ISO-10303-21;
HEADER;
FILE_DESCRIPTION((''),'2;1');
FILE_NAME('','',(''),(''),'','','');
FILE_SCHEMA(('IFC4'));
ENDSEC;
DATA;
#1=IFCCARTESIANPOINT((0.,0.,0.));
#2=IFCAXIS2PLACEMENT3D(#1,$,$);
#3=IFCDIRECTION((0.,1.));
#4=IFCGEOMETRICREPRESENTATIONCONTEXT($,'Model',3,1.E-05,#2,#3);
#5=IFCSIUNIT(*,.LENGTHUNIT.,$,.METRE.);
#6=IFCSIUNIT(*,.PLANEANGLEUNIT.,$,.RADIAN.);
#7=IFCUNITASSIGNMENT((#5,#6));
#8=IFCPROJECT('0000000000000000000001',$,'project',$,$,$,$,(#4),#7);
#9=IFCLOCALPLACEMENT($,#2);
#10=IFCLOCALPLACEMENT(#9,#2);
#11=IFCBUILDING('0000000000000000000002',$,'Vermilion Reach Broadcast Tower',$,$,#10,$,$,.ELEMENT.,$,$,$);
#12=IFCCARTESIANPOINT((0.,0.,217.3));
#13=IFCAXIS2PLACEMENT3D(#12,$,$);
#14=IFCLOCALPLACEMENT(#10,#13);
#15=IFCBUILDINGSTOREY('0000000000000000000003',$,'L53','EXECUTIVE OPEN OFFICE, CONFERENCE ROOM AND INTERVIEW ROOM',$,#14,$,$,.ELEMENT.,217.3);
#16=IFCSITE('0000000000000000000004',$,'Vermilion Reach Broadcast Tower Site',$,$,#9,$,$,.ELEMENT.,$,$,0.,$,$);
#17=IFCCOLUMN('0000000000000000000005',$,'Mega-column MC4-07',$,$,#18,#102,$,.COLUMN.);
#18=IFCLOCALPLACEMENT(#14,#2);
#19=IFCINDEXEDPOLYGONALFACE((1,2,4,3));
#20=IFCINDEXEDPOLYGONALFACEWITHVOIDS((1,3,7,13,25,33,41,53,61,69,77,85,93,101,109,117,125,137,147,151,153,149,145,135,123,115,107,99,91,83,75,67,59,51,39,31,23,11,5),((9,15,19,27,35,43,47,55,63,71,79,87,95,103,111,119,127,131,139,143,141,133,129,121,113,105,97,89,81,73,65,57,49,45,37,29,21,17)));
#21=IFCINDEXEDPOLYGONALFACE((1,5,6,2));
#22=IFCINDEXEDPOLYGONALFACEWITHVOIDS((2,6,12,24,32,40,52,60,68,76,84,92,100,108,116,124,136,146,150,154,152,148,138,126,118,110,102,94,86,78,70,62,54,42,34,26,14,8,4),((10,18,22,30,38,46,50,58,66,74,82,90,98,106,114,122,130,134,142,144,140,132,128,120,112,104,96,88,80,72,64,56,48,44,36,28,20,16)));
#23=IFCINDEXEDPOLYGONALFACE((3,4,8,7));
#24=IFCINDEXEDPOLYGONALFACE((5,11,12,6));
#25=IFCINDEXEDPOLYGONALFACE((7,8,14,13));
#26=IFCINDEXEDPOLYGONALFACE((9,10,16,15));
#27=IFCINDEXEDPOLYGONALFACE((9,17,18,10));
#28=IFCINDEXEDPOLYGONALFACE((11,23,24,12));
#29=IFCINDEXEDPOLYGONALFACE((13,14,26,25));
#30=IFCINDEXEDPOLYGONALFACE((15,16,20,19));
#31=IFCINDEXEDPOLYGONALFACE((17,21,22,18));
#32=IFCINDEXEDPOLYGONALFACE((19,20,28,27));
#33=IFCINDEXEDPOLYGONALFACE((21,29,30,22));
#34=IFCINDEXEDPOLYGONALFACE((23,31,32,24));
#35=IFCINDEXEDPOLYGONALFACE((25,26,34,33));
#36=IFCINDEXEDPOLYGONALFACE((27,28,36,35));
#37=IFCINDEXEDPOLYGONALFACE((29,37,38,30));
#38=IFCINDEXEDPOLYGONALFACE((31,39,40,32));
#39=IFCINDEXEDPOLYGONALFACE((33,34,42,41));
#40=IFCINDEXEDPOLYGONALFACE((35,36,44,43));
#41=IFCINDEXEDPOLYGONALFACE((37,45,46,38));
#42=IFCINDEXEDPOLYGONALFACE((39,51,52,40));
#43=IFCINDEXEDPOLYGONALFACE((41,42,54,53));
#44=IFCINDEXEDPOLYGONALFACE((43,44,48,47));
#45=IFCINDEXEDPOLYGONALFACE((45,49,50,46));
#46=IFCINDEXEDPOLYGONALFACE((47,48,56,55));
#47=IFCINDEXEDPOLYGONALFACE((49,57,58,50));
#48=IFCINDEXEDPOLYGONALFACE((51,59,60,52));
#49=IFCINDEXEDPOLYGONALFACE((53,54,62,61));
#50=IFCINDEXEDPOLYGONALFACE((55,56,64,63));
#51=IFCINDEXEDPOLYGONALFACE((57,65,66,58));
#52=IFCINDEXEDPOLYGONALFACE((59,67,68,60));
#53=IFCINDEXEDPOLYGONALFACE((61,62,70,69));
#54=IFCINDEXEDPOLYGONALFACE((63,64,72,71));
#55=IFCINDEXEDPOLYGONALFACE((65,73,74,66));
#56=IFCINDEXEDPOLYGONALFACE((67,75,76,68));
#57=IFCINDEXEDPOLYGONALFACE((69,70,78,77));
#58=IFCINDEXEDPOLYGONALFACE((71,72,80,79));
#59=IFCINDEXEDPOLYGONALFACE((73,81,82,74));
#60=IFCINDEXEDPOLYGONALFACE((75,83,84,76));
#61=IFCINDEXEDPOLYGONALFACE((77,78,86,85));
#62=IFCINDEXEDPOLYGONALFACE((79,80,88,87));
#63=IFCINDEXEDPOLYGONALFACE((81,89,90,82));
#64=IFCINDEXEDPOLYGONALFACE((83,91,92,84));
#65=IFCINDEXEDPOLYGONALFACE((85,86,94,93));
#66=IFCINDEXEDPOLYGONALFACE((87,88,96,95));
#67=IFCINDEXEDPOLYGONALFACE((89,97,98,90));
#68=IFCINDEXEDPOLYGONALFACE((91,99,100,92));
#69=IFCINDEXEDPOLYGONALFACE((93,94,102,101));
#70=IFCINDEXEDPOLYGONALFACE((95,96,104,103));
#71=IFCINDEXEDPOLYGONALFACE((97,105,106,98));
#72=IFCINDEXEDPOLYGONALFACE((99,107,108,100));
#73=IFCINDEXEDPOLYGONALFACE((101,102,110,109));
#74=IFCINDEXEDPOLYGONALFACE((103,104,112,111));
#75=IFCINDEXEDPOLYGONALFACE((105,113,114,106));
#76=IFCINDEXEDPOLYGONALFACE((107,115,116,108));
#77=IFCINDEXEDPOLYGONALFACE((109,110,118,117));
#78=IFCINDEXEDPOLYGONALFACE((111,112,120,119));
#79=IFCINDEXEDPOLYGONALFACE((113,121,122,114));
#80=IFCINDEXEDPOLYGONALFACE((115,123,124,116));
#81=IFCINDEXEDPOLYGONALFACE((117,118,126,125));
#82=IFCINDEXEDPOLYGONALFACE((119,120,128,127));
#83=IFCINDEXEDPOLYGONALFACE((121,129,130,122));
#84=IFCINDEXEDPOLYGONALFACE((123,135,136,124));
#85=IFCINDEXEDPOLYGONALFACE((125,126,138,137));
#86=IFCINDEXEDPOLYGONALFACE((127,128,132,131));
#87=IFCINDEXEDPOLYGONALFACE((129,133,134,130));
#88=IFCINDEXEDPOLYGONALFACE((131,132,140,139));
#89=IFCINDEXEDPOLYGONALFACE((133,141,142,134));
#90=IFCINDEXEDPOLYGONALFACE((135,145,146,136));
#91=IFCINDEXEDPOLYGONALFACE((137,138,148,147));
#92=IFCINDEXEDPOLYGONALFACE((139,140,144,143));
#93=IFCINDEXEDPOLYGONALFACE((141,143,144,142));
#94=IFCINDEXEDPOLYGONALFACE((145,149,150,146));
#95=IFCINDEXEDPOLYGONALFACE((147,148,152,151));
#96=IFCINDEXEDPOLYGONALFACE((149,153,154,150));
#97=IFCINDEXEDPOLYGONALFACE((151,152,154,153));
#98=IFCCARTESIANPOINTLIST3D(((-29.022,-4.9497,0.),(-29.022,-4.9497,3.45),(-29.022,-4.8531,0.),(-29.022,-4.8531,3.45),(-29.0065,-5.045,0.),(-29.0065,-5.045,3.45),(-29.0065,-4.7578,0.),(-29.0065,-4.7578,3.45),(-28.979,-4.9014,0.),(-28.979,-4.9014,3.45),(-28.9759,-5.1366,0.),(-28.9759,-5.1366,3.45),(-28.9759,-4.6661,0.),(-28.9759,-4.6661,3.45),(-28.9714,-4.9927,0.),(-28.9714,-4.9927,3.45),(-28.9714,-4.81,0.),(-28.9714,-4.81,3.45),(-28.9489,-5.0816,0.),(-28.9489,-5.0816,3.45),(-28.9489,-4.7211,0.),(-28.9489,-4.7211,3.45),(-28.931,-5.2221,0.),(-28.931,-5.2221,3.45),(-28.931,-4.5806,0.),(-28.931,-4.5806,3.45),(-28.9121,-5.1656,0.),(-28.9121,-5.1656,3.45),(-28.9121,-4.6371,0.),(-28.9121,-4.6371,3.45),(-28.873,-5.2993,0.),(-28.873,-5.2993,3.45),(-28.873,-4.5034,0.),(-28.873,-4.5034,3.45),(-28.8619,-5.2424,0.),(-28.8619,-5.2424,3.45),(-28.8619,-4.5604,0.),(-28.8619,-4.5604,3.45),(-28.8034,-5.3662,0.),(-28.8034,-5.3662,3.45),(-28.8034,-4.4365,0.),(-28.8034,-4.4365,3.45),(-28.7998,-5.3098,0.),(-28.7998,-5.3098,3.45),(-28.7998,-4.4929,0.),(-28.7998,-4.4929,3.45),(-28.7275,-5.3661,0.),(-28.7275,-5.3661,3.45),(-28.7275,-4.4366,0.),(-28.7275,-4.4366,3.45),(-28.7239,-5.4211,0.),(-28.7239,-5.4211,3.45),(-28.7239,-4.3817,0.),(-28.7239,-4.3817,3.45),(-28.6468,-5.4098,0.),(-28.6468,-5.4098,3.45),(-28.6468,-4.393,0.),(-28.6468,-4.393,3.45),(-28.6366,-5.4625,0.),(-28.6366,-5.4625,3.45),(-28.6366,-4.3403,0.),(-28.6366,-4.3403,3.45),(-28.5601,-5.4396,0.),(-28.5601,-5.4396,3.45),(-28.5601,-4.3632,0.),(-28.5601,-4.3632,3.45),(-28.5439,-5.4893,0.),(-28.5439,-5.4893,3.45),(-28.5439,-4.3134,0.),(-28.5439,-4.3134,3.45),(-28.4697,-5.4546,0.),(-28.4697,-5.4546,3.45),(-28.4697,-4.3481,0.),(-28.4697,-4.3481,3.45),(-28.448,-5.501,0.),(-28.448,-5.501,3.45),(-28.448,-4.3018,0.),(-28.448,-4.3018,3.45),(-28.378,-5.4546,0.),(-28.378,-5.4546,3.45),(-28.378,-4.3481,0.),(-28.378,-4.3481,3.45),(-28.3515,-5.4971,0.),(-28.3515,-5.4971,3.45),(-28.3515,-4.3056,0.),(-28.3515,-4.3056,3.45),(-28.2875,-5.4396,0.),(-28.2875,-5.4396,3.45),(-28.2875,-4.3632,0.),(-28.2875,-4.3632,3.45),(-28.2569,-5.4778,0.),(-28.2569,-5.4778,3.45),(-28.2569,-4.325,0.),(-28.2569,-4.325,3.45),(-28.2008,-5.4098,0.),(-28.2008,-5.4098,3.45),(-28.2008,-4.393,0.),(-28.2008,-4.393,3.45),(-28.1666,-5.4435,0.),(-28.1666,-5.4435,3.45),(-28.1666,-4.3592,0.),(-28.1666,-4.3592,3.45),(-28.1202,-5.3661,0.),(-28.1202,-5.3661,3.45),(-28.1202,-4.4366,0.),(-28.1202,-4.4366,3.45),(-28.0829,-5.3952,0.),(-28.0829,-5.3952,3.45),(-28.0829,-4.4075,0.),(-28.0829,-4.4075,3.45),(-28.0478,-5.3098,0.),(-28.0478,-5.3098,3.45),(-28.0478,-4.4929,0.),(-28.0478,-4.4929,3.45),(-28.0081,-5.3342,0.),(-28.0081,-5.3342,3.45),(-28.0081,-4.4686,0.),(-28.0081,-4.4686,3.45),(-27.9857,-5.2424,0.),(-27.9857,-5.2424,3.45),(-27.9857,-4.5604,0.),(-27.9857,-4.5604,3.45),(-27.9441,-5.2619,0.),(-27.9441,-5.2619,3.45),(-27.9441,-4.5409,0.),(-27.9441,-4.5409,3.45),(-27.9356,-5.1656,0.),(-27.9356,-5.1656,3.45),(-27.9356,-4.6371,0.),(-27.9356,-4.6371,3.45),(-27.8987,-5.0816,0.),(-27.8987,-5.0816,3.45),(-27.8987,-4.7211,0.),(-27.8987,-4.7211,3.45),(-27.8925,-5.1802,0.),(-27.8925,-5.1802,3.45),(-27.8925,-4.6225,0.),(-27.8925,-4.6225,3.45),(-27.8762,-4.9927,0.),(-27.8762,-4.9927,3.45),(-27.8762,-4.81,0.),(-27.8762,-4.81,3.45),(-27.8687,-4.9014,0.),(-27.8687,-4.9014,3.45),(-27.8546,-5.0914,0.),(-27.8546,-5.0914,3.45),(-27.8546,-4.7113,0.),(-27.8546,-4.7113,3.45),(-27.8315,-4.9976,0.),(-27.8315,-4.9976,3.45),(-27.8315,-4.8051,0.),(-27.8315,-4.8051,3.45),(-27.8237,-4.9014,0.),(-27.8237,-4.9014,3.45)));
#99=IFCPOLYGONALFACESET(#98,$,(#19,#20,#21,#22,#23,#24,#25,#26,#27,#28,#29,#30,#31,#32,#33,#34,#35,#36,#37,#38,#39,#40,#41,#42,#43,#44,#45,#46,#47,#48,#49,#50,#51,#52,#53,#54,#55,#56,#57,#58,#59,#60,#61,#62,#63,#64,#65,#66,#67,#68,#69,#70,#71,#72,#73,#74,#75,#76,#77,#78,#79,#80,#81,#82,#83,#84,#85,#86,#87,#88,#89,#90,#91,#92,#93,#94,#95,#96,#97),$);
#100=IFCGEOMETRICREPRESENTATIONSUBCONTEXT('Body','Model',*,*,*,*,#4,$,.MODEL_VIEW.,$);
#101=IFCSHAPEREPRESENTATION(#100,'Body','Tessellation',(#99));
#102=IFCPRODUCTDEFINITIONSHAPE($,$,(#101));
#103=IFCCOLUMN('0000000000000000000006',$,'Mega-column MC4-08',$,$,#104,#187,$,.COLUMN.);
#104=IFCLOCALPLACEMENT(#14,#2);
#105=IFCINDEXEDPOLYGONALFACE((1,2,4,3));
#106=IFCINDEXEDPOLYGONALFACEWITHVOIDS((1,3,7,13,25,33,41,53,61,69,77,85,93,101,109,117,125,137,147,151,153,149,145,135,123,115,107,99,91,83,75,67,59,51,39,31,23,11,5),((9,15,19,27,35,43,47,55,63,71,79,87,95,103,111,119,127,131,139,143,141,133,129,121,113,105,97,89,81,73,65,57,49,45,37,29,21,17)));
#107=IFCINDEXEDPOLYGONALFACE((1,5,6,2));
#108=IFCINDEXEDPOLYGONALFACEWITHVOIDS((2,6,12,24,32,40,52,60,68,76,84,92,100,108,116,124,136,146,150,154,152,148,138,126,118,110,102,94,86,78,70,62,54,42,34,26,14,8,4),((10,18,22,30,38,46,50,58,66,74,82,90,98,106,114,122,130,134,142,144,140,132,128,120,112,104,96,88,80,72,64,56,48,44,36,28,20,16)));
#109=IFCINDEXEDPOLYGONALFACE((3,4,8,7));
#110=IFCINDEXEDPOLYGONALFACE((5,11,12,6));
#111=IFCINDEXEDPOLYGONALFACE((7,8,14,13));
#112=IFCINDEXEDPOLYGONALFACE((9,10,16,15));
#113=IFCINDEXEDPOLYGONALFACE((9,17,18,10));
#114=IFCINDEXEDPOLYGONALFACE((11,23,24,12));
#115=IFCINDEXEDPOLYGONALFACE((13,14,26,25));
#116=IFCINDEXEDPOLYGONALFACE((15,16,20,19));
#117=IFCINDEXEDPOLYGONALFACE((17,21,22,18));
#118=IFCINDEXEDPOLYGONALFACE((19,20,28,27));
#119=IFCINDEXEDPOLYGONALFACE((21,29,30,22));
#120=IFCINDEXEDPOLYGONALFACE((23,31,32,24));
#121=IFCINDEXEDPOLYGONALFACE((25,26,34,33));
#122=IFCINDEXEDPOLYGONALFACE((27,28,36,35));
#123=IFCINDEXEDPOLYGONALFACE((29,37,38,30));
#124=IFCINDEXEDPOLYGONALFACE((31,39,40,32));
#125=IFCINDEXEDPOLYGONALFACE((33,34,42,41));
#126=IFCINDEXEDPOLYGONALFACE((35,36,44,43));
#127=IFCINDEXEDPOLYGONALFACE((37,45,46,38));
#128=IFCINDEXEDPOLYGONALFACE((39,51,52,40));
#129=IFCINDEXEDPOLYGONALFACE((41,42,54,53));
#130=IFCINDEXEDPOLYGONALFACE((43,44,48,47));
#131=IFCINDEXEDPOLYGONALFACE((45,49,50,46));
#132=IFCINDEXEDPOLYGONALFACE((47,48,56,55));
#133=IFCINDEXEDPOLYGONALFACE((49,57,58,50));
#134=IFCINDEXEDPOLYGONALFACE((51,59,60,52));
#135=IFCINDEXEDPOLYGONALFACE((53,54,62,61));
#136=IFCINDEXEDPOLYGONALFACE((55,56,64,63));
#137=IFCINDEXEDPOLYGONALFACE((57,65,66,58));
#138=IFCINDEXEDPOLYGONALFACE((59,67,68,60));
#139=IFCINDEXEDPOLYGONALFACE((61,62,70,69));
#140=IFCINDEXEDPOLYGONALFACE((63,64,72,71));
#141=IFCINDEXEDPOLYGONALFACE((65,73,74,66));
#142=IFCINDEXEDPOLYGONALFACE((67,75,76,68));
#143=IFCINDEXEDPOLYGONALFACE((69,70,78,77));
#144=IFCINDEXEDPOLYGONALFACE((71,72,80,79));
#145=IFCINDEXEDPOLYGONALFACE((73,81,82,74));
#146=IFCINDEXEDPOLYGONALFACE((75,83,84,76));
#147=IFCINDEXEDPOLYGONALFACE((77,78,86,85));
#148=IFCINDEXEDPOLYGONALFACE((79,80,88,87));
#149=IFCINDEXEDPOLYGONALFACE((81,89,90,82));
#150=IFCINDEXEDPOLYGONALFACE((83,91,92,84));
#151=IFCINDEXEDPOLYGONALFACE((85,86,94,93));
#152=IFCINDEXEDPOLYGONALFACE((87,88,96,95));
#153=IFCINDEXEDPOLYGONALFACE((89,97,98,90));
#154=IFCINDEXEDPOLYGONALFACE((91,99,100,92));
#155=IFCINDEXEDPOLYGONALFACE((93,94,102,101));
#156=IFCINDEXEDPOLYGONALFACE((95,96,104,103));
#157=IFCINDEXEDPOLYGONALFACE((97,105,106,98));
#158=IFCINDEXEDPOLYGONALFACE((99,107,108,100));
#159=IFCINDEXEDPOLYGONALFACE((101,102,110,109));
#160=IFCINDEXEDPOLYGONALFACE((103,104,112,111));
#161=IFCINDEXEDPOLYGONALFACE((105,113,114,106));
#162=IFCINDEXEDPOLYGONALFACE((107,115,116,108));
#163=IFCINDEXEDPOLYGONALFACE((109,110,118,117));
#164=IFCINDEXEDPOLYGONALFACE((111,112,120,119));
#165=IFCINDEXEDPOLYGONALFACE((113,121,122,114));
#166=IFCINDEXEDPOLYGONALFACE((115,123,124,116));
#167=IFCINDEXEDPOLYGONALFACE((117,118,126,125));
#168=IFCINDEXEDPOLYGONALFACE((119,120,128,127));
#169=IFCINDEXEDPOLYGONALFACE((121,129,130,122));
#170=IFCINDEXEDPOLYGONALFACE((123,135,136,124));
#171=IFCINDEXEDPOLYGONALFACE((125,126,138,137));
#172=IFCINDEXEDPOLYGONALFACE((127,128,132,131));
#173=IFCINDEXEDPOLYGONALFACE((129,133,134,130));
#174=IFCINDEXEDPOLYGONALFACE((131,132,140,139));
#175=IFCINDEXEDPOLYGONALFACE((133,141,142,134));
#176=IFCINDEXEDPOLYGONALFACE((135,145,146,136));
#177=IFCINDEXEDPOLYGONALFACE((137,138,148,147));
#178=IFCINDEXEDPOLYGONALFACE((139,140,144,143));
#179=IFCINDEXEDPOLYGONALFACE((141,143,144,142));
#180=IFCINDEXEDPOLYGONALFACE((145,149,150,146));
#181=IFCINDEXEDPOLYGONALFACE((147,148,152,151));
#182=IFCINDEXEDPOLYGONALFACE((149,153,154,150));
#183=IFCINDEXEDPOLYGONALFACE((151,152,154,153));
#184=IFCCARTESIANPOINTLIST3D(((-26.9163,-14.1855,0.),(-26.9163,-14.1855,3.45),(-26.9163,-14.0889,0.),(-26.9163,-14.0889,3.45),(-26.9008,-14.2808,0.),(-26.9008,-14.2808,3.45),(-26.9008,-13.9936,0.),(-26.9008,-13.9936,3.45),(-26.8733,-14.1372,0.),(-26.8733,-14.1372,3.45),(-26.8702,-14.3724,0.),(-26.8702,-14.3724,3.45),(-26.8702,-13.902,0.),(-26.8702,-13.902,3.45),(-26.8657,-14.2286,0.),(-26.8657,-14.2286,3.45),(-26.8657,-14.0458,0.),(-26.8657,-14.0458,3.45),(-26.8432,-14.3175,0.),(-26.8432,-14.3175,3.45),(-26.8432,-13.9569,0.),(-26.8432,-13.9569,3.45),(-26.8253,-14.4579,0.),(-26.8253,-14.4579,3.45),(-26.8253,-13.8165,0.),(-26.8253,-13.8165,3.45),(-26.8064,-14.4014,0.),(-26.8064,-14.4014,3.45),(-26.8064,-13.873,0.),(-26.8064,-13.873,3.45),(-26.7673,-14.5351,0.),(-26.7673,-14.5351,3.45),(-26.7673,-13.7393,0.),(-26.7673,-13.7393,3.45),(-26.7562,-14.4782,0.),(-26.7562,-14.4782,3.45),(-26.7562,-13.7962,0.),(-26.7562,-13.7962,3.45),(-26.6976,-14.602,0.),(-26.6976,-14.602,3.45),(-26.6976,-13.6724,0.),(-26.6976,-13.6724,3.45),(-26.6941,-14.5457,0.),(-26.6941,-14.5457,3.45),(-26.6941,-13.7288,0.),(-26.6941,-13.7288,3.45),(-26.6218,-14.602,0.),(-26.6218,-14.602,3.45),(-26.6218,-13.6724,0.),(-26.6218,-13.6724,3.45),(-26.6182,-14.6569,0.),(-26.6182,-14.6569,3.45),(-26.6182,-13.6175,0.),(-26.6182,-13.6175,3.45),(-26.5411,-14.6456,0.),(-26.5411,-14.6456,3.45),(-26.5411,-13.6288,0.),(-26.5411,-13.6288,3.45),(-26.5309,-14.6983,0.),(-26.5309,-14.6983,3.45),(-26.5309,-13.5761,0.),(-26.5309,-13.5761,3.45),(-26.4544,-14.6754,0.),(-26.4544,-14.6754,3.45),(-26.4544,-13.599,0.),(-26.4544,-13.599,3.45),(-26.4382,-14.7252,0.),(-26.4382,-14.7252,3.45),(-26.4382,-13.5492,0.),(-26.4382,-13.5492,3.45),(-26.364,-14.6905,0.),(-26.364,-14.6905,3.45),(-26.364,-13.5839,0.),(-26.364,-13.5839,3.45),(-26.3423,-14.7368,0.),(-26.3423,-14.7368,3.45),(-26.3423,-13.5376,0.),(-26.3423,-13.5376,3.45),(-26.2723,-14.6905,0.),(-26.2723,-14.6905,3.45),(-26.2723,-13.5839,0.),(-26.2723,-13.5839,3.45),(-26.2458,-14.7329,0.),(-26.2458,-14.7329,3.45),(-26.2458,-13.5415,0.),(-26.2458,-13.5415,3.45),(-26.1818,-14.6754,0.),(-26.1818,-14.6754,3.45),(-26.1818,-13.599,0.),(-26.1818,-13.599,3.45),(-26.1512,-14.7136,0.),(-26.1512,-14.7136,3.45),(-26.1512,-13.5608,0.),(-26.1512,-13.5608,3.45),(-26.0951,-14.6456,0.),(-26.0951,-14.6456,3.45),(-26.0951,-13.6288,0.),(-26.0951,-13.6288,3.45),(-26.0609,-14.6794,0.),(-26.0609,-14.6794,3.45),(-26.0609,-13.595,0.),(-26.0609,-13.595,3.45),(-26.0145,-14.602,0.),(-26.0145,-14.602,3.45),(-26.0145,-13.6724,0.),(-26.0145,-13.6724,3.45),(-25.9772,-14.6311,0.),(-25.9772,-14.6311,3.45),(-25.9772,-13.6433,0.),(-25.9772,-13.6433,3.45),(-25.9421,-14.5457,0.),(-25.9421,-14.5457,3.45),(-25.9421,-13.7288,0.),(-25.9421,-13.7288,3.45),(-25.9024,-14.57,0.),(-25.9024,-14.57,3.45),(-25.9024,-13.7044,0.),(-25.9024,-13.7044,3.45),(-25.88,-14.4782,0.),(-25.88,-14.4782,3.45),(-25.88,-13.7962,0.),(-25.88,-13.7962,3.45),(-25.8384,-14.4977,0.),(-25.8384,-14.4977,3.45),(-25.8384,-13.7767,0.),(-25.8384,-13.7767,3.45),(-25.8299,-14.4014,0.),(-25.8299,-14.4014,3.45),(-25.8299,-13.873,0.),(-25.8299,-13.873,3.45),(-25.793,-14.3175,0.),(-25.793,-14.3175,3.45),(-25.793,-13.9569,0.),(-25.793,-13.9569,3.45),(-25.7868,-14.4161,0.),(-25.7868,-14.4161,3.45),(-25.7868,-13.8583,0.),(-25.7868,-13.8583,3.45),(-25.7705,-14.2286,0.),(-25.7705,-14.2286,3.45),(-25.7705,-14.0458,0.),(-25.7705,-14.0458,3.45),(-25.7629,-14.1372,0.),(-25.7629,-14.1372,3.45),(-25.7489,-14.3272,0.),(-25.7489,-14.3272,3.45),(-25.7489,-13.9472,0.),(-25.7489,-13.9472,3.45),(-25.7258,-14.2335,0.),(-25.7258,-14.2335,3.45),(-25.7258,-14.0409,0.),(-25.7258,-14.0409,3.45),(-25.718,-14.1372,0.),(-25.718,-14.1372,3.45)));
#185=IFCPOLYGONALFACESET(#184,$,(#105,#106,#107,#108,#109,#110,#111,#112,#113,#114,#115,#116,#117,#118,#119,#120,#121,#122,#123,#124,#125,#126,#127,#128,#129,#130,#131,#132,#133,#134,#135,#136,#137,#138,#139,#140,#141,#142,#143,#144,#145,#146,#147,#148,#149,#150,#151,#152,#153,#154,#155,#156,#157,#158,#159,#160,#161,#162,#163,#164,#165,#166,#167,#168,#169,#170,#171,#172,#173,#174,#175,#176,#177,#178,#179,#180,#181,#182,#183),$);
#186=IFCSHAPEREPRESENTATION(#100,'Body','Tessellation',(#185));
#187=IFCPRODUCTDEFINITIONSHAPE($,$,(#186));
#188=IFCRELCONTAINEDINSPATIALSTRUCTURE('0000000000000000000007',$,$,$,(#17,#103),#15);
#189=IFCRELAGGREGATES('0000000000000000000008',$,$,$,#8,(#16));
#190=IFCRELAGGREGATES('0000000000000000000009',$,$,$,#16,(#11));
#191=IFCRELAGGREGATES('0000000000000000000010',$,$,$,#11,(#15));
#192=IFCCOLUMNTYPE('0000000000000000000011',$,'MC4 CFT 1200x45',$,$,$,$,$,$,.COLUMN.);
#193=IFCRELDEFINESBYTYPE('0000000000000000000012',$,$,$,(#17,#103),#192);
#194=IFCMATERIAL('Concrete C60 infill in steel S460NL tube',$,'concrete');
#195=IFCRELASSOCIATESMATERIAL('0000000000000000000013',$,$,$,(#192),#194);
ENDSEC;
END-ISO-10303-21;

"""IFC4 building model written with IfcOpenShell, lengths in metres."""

from ifc_helpers import new_model, si_unit, direction, frame, origin, origin_2d, place, context, subcontext, project, spatial, hollow_circle, extrude, material, material_profile, profile_set, type_object, element, save


model = new_model("IFC4")

# Units and contexts
model_context = context("Model", 3, precision=1e-05, world=origin(), true_north=direction((0.0, 1.0)))
body_context = subcontext(model_context, "Body", "Model", "MODEL_VIEW")
ifc_project = project(units=[si_unit("LENGTHUNIT", "METRE"), si_unit("PLANEANGLEUNIT", "RADIAN")], contexts=[model_context])

# Site, building, storey
site_placement = place(None, origin())
site = spatial("IfcSite", under=ifc_project, at=site_placement, Name="Vermilion Reach Broadcast Tower Site", CompositionType="ELEMENT", RefElevation=0.0)
building_placement = place(site_placement, origin())
building = spatial("IfcBuilding", under=site, at=building_placement, Name="Vermilion Reach Broadcast Tower", CompositionType="ELEMENT")
storey_placement = place(building_placement, frame((0.0, 0.0, 217.3)))
storey = spatial("IfcBuildingStorey", under=building, at=storey_placement, Name="L53", Description="EXECUTIVE OPEN OFFICE, CONFERENCE ROOM AND INTERVIEW ROOM", CompositionType="ELEMENT", Elevation=217.3)

# Columns
ifc_material_1 = material(Name="Concrete C60 infill in steel S460NL tube", Category="concrete")
ifc_material_profile_1 = material_profile(ifc_material_1, hollow_circle(Radius=0.6001, WallThickness=0.0449, at=origin_2d()), Name="Concrete C60 infill in steel S460NL tube CFT 1200x45")
ifc_profile_set_1 = profile_set([ifc_material_profile_1], Name="Concrete C60 infill in steel S460NL tube")
column_type = type_object("IfcColumnType", Name="MC4 CFT 1200x45", PredefinedType="COLUMN", material=ifc_profile_set_1)
for number, where, z_axis, x_axis, name in (
    (1, (-28.4238, -4.9014, 0.0), (0.0, 0.0, 1.0), (1.0, 0.0, 0.0), "Mega-column MC4-07"),
    (2, (-26.3181, -14.1372, 0.0), (0.0, 0.0, 1.0), (1.0, 0.0, 0.0), "Mega-column MC4-08"),
):
    element("IfcColumn", number, at=place(storey_placement, frame(where, z_axis=z_axis, x_axis=x_axis)), inside=storey, type_object=column_type, Name=name, PredefinedType="COLUMN", context=body_context, shape_type="SweptSolid", body=[
        extrude(hollow_circle(Radius=0.6001, WallThickness=0.0449, at=origin_2d()), origin(), (0.0, 0.0, 1.0), 3.45),
    ])

save(model, "model.ifc")
